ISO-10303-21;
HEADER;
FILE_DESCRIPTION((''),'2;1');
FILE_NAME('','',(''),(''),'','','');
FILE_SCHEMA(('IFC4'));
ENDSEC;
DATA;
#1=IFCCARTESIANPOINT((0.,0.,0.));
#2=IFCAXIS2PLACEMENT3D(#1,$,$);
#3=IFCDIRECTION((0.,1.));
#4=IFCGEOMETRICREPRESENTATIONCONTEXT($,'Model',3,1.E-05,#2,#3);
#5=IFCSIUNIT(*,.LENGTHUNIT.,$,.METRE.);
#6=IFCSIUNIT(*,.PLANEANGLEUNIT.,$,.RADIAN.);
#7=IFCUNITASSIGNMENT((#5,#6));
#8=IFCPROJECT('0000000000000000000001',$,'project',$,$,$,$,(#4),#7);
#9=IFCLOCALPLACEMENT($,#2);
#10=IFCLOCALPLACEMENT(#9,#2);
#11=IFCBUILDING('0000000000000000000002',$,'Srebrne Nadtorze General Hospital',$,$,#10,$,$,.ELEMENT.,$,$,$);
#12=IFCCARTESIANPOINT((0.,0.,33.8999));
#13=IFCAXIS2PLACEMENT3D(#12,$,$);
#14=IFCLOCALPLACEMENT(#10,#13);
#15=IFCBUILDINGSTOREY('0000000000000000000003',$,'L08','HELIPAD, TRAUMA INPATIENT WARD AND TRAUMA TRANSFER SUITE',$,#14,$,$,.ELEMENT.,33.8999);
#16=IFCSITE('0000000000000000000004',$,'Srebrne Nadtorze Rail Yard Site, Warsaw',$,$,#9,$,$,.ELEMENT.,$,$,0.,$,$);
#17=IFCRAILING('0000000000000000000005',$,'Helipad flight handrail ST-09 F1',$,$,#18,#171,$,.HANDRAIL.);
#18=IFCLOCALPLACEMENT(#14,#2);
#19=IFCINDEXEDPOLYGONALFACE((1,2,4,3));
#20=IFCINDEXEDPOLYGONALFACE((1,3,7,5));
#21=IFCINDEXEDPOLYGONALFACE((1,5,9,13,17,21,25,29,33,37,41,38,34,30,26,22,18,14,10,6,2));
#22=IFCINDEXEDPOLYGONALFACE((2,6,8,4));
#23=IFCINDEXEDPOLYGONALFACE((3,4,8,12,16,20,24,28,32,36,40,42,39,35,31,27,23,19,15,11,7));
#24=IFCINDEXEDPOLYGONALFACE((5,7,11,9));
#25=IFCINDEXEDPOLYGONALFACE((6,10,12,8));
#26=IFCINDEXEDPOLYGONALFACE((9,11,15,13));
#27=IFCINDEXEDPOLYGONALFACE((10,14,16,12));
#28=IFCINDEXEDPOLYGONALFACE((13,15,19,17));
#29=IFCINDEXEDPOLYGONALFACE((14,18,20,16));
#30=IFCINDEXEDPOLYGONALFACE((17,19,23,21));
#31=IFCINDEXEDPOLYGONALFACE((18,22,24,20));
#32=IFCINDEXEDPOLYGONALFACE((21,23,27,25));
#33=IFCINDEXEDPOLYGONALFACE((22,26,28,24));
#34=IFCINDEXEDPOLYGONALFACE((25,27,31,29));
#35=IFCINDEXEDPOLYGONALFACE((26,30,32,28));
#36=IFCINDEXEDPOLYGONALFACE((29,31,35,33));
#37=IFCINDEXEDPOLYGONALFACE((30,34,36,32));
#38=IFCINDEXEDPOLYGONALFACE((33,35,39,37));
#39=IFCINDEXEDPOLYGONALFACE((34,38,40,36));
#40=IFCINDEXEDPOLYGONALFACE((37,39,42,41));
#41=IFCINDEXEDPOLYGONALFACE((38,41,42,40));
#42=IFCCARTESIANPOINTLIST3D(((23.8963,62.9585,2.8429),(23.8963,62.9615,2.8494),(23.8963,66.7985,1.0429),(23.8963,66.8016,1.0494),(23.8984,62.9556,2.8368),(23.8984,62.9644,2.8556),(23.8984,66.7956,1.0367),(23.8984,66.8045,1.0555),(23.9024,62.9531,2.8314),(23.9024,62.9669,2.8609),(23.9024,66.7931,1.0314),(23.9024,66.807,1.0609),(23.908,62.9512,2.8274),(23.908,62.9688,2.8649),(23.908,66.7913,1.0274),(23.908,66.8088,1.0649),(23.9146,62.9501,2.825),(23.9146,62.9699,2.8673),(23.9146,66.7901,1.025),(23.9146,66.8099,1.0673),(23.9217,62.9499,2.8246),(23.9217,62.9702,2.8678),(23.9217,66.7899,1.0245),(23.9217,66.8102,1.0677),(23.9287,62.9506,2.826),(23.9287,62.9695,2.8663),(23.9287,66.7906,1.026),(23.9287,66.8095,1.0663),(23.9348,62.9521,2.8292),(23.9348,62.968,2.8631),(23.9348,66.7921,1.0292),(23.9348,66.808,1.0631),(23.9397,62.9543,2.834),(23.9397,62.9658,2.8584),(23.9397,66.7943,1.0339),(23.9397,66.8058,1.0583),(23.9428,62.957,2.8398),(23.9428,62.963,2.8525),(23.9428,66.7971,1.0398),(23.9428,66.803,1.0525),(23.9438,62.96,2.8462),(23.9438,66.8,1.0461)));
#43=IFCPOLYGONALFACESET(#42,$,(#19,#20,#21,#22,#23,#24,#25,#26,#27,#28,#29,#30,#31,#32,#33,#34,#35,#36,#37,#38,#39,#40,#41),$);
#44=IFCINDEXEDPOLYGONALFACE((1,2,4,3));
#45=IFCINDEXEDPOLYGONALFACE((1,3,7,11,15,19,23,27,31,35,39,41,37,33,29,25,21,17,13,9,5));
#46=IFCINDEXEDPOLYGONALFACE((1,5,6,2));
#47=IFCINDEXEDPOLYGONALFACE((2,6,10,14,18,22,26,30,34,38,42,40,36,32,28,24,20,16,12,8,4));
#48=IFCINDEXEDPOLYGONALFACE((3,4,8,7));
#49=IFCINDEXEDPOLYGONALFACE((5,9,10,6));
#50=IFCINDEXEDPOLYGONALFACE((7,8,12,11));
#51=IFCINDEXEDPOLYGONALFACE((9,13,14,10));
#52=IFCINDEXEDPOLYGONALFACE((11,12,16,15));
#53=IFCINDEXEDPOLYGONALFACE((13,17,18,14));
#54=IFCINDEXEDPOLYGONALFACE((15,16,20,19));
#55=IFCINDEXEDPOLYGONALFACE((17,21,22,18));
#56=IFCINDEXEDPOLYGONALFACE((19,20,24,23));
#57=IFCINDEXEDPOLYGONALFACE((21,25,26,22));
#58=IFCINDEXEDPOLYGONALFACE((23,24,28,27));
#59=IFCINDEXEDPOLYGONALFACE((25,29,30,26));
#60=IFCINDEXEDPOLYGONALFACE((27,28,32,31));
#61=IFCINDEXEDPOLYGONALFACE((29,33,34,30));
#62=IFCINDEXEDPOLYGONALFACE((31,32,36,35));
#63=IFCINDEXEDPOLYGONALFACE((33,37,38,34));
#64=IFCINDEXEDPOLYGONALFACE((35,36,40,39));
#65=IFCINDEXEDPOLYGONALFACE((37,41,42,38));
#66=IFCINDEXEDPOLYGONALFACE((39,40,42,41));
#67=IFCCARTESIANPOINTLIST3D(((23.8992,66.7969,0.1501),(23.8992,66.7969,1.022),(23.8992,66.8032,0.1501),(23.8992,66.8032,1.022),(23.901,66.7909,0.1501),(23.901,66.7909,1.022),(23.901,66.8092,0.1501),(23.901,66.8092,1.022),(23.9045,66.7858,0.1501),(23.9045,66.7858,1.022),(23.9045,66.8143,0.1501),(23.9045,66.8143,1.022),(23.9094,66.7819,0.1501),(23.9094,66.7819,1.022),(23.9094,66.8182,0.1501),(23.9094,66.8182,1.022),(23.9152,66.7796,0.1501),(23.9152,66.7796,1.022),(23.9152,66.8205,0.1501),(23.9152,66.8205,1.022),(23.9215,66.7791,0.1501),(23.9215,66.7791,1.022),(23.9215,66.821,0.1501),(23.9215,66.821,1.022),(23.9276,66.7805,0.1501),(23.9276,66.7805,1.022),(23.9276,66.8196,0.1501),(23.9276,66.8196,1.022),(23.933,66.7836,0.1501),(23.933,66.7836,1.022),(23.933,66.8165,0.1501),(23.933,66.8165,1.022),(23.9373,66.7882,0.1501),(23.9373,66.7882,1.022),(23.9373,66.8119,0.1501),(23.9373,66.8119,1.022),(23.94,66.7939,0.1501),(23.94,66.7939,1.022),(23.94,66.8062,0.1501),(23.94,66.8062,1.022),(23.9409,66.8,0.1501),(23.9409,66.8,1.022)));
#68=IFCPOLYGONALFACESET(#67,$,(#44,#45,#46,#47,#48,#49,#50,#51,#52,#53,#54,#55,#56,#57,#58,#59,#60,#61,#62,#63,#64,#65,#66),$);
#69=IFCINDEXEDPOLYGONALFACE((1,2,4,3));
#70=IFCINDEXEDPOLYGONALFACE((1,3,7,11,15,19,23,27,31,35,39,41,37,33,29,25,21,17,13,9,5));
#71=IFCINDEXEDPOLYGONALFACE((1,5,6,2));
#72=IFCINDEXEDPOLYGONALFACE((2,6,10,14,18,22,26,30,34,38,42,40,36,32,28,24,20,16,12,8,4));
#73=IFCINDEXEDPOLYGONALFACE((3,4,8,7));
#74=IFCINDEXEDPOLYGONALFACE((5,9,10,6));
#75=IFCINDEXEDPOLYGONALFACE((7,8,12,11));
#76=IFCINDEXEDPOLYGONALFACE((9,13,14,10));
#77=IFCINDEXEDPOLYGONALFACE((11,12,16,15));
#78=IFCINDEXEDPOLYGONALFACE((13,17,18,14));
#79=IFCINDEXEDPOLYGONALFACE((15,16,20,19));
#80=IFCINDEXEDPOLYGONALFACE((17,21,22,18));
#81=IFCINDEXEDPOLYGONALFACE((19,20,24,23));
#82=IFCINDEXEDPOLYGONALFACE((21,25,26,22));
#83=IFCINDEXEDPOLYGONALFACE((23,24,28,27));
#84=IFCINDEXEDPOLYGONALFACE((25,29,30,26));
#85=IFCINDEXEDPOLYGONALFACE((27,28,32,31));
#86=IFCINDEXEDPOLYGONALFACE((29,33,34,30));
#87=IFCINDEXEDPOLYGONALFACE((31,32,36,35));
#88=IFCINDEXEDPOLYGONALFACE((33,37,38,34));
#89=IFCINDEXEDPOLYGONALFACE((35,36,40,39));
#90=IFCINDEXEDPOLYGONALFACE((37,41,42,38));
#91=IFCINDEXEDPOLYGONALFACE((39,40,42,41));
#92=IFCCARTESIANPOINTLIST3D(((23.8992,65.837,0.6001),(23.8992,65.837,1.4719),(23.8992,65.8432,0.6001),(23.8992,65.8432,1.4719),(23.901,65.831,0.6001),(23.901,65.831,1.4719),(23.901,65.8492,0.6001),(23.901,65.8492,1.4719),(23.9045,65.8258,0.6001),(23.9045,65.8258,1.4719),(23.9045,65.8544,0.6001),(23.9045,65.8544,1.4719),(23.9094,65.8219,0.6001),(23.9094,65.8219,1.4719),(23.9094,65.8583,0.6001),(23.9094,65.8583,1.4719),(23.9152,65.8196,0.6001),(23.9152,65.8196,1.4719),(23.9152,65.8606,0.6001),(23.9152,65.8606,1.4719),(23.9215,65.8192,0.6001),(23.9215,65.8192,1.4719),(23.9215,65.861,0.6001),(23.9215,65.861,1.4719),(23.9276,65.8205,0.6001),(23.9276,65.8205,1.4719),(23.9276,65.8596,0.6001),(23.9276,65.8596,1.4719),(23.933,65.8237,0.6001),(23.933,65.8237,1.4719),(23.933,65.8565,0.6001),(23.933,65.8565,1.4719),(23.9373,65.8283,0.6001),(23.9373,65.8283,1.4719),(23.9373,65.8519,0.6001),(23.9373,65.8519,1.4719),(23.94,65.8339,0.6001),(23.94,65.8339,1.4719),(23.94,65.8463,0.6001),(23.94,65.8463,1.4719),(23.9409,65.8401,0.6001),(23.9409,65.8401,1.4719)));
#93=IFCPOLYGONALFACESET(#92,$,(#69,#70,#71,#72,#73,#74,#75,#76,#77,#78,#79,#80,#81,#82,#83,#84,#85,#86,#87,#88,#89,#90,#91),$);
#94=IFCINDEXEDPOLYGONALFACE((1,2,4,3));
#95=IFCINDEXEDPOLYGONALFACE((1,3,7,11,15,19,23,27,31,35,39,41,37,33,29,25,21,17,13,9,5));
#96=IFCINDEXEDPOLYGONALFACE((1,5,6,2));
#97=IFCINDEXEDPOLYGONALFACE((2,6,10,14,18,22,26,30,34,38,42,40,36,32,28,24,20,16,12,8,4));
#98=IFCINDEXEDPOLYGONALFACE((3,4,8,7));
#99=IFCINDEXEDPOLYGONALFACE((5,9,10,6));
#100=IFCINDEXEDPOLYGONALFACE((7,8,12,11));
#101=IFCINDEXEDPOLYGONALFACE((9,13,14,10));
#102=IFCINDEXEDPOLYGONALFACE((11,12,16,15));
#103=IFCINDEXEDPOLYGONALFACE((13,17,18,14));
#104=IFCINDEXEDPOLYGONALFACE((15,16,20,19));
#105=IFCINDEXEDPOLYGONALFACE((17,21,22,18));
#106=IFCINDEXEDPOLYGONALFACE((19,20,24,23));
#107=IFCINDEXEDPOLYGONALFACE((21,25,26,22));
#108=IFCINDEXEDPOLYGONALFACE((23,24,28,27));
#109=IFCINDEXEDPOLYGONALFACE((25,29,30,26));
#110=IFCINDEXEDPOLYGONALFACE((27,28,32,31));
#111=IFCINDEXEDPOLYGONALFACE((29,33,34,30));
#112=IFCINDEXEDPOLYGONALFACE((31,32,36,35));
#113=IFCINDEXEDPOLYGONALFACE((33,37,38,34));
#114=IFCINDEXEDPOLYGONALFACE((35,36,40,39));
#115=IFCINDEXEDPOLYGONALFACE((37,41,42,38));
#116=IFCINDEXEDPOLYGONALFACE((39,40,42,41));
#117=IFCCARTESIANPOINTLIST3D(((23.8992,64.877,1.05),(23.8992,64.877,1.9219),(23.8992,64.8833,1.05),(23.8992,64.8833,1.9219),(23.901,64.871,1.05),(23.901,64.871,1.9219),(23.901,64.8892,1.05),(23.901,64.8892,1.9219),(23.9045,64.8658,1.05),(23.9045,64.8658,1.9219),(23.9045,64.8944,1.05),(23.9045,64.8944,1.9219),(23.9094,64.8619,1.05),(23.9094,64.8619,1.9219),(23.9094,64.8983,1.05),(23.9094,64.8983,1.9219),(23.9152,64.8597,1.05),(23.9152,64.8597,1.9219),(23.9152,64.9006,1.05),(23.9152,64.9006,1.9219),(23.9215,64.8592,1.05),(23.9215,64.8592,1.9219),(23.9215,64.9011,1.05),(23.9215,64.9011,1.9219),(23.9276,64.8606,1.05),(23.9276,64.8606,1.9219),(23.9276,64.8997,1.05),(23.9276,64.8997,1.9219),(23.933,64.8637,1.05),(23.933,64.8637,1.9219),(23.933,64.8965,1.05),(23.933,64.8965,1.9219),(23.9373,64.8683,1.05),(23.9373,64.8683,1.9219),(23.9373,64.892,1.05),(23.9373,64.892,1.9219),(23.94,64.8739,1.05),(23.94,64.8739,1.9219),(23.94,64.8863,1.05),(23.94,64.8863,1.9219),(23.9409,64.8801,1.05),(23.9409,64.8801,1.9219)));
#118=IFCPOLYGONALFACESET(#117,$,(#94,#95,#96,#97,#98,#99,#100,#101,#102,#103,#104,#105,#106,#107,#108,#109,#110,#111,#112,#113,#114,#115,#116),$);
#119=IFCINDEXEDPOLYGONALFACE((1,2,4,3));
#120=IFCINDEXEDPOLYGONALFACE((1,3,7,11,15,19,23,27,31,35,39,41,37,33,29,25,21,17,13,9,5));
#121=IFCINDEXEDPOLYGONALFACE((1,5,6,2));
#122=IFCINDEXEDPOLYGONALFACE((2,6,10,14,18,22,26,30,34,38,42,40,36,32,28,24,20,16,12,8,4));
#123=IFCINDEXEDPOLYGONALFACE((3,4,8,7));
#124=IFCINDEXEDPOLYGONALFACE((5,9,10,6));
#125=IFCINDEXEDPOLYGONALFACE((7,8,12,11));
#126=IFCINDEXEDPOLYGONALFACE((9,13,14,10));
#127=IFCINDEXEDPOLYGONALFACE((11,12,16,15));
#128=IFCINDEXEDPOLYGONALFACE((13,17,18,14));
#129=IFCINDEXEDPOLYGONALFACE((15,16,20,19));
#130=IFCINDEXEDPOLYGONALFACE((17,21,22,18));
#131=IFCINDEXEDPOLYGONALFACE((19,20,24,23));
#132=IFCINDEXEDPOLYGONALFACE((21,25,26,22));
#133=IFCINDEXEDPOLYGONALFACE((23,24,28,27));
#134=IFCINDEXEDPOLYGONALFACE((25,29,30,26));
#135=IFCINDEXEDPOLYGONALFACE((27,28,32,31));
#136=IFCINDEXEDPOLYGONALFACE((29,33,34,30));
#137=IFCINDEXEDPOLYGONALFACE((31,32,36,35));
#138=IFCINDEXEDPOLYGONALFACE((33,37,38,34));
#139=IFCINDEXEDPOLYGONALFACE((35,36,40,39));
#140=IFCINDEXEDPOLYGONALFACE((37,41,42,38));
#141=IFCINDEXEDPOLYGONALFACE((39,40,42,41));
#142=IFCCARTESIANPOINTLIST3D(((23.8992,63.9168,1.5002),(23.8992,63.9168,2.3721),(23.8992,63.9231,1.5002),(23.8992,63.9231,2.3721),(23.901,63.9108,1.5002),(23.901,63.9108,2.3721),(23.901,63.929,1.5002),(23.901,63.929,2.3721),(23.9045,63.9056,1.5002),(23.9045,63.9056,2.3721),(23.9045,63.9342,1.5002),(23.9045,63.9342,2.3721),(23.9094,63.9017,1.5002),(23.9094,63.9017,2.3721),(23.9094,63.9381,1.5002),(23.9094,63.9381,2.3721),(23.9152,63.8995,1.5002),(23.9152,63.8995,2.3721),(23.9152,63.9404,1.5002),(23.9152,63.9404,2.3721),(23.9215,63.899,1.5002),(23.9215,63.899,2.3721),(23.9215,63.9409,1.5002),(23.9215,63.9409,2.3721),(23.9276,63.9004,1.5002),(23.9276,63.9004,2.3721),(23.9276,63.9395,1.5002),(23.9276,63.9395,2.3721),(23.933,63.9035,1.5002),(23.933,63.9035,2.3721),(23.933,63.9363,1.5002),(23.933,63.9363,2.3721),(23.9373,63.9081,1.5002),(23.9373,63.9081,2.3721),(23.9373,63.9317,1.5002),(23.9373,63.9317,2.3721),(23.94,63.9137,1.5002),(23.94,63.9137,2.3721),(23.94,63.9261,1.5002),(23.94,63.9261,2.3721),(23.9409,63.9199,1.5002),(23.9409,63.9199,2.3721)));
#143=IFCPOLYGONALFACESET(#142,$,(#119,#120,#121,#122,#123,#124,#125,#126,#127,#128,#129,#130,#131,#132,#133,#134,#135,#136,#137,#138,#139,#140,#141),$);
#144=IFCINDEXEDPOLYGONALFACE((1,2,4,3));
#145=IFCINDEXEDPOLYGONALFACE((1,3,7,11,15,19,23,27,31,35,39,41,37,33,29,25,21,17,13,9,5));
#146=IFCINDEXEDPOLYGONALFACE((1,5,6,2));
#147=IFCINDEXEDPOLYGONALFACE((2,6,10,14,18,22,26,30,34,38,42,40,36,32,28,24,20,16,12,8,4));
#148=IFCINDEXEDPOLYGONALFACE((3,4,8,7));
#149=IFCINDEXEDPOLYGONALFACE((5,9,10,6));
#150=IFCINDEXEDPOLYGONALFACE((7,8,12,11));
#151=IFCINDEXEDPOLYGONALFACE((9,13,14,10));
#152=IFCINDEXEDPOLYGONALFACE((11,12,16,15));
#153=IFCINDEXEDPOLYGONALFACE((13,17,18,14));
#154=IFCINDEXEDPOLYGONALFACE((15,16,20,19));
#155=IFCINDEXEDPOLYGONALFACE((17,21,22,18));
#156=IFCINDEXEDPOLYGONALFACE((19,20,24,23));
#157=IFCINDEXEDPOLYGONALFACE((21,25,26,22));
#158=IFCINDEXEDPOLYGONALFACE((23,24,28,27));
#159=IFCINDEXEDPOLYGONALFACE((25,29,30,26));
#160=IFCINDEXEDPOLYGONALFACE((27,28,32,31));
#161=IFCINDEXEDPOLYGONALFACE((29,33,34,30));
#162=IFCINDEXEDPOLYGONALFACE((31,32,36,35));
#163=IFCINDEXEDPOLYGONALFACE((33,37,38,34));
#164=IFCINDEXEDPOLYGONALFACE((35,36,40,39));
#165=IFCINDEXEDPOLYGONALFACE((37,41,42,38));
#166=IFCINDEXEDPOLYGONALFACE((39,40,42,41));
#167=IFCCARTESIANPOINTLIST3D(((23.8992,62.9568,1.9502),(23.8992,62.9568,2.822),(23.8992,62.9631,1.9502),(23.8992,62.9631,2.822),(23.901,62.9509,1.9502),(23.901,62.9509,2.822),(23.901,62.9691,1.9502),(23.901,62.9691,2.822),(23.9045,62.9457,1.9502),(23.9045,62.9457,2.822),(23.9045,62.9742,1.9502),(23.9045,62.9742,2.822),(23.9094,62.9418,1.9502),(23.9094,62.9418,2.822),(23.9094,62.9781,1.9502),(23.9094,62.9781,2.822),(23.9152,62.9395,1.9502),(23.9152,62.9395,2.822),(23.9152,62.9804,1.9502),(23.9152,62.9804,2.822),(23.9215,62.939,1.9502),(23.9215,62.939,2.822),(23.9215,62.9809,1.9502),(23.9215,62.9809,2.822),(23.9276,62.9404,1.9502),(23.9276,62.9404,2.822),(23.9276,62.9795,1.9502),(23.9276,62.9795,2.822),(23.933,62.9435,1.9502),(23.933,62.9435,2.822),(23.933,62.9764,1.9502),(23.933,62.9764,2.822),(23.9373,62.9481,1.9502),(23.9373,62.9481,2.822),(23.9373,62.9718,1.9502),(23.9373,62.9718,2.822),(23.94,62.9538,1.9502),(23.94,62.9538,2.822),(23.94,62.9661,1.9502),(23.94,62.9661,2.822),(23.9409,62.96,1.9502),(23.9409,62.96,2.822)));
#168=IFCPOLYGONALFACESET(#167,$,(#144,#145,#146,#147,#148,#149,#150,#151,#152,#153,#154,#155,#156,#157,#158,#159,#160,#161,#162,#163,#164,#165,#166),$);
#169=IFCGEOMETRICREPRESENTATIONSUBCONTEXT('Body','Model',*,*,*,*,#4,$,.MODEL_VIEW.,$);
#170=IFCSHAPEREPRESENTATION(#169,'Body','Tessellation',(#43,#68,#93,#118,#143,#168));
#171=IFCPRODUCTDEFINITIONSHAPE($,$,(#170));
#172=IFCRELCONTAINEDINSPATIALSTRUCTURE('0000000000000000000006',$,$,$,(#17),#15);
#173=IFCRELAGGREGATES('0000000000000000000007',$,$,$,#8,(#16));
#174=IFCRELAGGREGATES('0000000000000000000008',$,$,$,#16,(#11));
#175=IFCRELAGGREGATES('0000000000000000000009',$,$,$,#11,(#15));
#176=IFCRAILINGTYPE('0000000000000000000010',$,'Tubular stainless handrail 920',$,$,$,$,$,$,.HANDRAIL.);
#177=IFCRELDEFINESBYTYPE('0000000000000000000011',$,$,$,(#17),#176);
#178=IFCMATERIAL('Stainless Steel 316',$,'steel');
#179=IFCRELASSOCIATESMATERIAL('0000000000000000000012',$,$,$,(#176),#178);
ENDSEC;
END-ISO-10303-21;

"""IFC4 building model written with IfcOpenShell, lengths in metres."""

from ifc_helpers import new_model, si_unit, direction, frame, origin, origin_2d, place, context, subcontext, project, spatial, circle, extrude, material, type_object, element, save


model = new_model("IFC4")

# Units and contexts
model_context = context("Model", 3, precision=1e-05, world=origin(), true_north=direction((0.0, 1.0)))
body_context = subcontext(model_context, "Body", "Model", "MODEL_VIEW")
ifc_project = project(units=[si_unit("LENGTHUNIT", "METRE"), si_unit("PLANEANGLEUNIT", "RADIAN")], contexts=[model_context])

# Site, building, storey
site_placement = place(None, origin())
site = spatial("IfcSite", under=ifc_project, at=site_placement, Name="Srebrne Nadtorze Rail Yard Site, Warsaw", CompositionType="ELEMENT", RefElevation=0.0)
building_placement = place(site_placement, origin())
building = spatial("IfcBuilding", under=site, at=building_placement, Name="Srebrne Nadtorze General Hospital", CompositionType="ELEMENT")
storey_placement = place(building_placement, frame((0.0, 0.0, 33.8999)))
storey = spatial("IfcBuildingStorey", under=building, at=storey_placement, Name="L08", Description="HELIPAD, TRAUMA INPATIENT WARD AND TRAUMA TRANSFER SUITE", CompositionType="ELEMENT", Elevation=33.8999)

# Railing
ifc_material_1 = material(Name="Stainless Steel 316", Category="steel")
railing_type_1 = type_object("IfcRailingType", Name="Tubular stainless handrail 920", PredefinedType="HANDRAIL", material=ifc_material_1)
railing_1_placement = place(storey_placement, frame((23.9199, 66.8, 0.1501)))
element("IfcRailing", 1, at=railing_1_placement, inside=storey, type_object=railing_type_1, Name="Helipad flight handrail ST-09 F1", PredefinedType="HANDRAIL", context=body_context, shape_type="SweptSolid", body=[
    extrude(circle(Radius=0.0239, at=origin_2d()), frame((0.0, 0.0, 0.896), z_axis=(0.0, -0.905458, 0.424435), x_axis=(1.0, 0.0, 0.0)), (0.0, 0.0, 1.0), 4.241),
    extrude(circle(Radius=0.021, at=origin_2d()), origin(), (0.0, 0.0, 1.0), 0.8718),
    extrude(circle(Radius=0.021, at=origin_2d()), frame((0.0, -0.96, 0.45)), (0.0, 0.0, 1.0), 0.8718),
    extrude(circle(Radius=0.021, at=origin_2d()), frame((0.0, -1.9199, 0.8999)), (0.0, 0.0, 1.0), 0.8718),
    extrude(circle(Radius=0.021, at=origin_2d()), frame((0.0, -2.8801, 1.3501)), (0.0, 0.0, 1.0), 0.8718),
    extrude(circle(Radius=0.021, at=origin_2d()), frame((0.0, -3.8401, 1.8)), (0.0, 0.0, 1.0), 0.8718),
])

save(model, "model.ifc")
